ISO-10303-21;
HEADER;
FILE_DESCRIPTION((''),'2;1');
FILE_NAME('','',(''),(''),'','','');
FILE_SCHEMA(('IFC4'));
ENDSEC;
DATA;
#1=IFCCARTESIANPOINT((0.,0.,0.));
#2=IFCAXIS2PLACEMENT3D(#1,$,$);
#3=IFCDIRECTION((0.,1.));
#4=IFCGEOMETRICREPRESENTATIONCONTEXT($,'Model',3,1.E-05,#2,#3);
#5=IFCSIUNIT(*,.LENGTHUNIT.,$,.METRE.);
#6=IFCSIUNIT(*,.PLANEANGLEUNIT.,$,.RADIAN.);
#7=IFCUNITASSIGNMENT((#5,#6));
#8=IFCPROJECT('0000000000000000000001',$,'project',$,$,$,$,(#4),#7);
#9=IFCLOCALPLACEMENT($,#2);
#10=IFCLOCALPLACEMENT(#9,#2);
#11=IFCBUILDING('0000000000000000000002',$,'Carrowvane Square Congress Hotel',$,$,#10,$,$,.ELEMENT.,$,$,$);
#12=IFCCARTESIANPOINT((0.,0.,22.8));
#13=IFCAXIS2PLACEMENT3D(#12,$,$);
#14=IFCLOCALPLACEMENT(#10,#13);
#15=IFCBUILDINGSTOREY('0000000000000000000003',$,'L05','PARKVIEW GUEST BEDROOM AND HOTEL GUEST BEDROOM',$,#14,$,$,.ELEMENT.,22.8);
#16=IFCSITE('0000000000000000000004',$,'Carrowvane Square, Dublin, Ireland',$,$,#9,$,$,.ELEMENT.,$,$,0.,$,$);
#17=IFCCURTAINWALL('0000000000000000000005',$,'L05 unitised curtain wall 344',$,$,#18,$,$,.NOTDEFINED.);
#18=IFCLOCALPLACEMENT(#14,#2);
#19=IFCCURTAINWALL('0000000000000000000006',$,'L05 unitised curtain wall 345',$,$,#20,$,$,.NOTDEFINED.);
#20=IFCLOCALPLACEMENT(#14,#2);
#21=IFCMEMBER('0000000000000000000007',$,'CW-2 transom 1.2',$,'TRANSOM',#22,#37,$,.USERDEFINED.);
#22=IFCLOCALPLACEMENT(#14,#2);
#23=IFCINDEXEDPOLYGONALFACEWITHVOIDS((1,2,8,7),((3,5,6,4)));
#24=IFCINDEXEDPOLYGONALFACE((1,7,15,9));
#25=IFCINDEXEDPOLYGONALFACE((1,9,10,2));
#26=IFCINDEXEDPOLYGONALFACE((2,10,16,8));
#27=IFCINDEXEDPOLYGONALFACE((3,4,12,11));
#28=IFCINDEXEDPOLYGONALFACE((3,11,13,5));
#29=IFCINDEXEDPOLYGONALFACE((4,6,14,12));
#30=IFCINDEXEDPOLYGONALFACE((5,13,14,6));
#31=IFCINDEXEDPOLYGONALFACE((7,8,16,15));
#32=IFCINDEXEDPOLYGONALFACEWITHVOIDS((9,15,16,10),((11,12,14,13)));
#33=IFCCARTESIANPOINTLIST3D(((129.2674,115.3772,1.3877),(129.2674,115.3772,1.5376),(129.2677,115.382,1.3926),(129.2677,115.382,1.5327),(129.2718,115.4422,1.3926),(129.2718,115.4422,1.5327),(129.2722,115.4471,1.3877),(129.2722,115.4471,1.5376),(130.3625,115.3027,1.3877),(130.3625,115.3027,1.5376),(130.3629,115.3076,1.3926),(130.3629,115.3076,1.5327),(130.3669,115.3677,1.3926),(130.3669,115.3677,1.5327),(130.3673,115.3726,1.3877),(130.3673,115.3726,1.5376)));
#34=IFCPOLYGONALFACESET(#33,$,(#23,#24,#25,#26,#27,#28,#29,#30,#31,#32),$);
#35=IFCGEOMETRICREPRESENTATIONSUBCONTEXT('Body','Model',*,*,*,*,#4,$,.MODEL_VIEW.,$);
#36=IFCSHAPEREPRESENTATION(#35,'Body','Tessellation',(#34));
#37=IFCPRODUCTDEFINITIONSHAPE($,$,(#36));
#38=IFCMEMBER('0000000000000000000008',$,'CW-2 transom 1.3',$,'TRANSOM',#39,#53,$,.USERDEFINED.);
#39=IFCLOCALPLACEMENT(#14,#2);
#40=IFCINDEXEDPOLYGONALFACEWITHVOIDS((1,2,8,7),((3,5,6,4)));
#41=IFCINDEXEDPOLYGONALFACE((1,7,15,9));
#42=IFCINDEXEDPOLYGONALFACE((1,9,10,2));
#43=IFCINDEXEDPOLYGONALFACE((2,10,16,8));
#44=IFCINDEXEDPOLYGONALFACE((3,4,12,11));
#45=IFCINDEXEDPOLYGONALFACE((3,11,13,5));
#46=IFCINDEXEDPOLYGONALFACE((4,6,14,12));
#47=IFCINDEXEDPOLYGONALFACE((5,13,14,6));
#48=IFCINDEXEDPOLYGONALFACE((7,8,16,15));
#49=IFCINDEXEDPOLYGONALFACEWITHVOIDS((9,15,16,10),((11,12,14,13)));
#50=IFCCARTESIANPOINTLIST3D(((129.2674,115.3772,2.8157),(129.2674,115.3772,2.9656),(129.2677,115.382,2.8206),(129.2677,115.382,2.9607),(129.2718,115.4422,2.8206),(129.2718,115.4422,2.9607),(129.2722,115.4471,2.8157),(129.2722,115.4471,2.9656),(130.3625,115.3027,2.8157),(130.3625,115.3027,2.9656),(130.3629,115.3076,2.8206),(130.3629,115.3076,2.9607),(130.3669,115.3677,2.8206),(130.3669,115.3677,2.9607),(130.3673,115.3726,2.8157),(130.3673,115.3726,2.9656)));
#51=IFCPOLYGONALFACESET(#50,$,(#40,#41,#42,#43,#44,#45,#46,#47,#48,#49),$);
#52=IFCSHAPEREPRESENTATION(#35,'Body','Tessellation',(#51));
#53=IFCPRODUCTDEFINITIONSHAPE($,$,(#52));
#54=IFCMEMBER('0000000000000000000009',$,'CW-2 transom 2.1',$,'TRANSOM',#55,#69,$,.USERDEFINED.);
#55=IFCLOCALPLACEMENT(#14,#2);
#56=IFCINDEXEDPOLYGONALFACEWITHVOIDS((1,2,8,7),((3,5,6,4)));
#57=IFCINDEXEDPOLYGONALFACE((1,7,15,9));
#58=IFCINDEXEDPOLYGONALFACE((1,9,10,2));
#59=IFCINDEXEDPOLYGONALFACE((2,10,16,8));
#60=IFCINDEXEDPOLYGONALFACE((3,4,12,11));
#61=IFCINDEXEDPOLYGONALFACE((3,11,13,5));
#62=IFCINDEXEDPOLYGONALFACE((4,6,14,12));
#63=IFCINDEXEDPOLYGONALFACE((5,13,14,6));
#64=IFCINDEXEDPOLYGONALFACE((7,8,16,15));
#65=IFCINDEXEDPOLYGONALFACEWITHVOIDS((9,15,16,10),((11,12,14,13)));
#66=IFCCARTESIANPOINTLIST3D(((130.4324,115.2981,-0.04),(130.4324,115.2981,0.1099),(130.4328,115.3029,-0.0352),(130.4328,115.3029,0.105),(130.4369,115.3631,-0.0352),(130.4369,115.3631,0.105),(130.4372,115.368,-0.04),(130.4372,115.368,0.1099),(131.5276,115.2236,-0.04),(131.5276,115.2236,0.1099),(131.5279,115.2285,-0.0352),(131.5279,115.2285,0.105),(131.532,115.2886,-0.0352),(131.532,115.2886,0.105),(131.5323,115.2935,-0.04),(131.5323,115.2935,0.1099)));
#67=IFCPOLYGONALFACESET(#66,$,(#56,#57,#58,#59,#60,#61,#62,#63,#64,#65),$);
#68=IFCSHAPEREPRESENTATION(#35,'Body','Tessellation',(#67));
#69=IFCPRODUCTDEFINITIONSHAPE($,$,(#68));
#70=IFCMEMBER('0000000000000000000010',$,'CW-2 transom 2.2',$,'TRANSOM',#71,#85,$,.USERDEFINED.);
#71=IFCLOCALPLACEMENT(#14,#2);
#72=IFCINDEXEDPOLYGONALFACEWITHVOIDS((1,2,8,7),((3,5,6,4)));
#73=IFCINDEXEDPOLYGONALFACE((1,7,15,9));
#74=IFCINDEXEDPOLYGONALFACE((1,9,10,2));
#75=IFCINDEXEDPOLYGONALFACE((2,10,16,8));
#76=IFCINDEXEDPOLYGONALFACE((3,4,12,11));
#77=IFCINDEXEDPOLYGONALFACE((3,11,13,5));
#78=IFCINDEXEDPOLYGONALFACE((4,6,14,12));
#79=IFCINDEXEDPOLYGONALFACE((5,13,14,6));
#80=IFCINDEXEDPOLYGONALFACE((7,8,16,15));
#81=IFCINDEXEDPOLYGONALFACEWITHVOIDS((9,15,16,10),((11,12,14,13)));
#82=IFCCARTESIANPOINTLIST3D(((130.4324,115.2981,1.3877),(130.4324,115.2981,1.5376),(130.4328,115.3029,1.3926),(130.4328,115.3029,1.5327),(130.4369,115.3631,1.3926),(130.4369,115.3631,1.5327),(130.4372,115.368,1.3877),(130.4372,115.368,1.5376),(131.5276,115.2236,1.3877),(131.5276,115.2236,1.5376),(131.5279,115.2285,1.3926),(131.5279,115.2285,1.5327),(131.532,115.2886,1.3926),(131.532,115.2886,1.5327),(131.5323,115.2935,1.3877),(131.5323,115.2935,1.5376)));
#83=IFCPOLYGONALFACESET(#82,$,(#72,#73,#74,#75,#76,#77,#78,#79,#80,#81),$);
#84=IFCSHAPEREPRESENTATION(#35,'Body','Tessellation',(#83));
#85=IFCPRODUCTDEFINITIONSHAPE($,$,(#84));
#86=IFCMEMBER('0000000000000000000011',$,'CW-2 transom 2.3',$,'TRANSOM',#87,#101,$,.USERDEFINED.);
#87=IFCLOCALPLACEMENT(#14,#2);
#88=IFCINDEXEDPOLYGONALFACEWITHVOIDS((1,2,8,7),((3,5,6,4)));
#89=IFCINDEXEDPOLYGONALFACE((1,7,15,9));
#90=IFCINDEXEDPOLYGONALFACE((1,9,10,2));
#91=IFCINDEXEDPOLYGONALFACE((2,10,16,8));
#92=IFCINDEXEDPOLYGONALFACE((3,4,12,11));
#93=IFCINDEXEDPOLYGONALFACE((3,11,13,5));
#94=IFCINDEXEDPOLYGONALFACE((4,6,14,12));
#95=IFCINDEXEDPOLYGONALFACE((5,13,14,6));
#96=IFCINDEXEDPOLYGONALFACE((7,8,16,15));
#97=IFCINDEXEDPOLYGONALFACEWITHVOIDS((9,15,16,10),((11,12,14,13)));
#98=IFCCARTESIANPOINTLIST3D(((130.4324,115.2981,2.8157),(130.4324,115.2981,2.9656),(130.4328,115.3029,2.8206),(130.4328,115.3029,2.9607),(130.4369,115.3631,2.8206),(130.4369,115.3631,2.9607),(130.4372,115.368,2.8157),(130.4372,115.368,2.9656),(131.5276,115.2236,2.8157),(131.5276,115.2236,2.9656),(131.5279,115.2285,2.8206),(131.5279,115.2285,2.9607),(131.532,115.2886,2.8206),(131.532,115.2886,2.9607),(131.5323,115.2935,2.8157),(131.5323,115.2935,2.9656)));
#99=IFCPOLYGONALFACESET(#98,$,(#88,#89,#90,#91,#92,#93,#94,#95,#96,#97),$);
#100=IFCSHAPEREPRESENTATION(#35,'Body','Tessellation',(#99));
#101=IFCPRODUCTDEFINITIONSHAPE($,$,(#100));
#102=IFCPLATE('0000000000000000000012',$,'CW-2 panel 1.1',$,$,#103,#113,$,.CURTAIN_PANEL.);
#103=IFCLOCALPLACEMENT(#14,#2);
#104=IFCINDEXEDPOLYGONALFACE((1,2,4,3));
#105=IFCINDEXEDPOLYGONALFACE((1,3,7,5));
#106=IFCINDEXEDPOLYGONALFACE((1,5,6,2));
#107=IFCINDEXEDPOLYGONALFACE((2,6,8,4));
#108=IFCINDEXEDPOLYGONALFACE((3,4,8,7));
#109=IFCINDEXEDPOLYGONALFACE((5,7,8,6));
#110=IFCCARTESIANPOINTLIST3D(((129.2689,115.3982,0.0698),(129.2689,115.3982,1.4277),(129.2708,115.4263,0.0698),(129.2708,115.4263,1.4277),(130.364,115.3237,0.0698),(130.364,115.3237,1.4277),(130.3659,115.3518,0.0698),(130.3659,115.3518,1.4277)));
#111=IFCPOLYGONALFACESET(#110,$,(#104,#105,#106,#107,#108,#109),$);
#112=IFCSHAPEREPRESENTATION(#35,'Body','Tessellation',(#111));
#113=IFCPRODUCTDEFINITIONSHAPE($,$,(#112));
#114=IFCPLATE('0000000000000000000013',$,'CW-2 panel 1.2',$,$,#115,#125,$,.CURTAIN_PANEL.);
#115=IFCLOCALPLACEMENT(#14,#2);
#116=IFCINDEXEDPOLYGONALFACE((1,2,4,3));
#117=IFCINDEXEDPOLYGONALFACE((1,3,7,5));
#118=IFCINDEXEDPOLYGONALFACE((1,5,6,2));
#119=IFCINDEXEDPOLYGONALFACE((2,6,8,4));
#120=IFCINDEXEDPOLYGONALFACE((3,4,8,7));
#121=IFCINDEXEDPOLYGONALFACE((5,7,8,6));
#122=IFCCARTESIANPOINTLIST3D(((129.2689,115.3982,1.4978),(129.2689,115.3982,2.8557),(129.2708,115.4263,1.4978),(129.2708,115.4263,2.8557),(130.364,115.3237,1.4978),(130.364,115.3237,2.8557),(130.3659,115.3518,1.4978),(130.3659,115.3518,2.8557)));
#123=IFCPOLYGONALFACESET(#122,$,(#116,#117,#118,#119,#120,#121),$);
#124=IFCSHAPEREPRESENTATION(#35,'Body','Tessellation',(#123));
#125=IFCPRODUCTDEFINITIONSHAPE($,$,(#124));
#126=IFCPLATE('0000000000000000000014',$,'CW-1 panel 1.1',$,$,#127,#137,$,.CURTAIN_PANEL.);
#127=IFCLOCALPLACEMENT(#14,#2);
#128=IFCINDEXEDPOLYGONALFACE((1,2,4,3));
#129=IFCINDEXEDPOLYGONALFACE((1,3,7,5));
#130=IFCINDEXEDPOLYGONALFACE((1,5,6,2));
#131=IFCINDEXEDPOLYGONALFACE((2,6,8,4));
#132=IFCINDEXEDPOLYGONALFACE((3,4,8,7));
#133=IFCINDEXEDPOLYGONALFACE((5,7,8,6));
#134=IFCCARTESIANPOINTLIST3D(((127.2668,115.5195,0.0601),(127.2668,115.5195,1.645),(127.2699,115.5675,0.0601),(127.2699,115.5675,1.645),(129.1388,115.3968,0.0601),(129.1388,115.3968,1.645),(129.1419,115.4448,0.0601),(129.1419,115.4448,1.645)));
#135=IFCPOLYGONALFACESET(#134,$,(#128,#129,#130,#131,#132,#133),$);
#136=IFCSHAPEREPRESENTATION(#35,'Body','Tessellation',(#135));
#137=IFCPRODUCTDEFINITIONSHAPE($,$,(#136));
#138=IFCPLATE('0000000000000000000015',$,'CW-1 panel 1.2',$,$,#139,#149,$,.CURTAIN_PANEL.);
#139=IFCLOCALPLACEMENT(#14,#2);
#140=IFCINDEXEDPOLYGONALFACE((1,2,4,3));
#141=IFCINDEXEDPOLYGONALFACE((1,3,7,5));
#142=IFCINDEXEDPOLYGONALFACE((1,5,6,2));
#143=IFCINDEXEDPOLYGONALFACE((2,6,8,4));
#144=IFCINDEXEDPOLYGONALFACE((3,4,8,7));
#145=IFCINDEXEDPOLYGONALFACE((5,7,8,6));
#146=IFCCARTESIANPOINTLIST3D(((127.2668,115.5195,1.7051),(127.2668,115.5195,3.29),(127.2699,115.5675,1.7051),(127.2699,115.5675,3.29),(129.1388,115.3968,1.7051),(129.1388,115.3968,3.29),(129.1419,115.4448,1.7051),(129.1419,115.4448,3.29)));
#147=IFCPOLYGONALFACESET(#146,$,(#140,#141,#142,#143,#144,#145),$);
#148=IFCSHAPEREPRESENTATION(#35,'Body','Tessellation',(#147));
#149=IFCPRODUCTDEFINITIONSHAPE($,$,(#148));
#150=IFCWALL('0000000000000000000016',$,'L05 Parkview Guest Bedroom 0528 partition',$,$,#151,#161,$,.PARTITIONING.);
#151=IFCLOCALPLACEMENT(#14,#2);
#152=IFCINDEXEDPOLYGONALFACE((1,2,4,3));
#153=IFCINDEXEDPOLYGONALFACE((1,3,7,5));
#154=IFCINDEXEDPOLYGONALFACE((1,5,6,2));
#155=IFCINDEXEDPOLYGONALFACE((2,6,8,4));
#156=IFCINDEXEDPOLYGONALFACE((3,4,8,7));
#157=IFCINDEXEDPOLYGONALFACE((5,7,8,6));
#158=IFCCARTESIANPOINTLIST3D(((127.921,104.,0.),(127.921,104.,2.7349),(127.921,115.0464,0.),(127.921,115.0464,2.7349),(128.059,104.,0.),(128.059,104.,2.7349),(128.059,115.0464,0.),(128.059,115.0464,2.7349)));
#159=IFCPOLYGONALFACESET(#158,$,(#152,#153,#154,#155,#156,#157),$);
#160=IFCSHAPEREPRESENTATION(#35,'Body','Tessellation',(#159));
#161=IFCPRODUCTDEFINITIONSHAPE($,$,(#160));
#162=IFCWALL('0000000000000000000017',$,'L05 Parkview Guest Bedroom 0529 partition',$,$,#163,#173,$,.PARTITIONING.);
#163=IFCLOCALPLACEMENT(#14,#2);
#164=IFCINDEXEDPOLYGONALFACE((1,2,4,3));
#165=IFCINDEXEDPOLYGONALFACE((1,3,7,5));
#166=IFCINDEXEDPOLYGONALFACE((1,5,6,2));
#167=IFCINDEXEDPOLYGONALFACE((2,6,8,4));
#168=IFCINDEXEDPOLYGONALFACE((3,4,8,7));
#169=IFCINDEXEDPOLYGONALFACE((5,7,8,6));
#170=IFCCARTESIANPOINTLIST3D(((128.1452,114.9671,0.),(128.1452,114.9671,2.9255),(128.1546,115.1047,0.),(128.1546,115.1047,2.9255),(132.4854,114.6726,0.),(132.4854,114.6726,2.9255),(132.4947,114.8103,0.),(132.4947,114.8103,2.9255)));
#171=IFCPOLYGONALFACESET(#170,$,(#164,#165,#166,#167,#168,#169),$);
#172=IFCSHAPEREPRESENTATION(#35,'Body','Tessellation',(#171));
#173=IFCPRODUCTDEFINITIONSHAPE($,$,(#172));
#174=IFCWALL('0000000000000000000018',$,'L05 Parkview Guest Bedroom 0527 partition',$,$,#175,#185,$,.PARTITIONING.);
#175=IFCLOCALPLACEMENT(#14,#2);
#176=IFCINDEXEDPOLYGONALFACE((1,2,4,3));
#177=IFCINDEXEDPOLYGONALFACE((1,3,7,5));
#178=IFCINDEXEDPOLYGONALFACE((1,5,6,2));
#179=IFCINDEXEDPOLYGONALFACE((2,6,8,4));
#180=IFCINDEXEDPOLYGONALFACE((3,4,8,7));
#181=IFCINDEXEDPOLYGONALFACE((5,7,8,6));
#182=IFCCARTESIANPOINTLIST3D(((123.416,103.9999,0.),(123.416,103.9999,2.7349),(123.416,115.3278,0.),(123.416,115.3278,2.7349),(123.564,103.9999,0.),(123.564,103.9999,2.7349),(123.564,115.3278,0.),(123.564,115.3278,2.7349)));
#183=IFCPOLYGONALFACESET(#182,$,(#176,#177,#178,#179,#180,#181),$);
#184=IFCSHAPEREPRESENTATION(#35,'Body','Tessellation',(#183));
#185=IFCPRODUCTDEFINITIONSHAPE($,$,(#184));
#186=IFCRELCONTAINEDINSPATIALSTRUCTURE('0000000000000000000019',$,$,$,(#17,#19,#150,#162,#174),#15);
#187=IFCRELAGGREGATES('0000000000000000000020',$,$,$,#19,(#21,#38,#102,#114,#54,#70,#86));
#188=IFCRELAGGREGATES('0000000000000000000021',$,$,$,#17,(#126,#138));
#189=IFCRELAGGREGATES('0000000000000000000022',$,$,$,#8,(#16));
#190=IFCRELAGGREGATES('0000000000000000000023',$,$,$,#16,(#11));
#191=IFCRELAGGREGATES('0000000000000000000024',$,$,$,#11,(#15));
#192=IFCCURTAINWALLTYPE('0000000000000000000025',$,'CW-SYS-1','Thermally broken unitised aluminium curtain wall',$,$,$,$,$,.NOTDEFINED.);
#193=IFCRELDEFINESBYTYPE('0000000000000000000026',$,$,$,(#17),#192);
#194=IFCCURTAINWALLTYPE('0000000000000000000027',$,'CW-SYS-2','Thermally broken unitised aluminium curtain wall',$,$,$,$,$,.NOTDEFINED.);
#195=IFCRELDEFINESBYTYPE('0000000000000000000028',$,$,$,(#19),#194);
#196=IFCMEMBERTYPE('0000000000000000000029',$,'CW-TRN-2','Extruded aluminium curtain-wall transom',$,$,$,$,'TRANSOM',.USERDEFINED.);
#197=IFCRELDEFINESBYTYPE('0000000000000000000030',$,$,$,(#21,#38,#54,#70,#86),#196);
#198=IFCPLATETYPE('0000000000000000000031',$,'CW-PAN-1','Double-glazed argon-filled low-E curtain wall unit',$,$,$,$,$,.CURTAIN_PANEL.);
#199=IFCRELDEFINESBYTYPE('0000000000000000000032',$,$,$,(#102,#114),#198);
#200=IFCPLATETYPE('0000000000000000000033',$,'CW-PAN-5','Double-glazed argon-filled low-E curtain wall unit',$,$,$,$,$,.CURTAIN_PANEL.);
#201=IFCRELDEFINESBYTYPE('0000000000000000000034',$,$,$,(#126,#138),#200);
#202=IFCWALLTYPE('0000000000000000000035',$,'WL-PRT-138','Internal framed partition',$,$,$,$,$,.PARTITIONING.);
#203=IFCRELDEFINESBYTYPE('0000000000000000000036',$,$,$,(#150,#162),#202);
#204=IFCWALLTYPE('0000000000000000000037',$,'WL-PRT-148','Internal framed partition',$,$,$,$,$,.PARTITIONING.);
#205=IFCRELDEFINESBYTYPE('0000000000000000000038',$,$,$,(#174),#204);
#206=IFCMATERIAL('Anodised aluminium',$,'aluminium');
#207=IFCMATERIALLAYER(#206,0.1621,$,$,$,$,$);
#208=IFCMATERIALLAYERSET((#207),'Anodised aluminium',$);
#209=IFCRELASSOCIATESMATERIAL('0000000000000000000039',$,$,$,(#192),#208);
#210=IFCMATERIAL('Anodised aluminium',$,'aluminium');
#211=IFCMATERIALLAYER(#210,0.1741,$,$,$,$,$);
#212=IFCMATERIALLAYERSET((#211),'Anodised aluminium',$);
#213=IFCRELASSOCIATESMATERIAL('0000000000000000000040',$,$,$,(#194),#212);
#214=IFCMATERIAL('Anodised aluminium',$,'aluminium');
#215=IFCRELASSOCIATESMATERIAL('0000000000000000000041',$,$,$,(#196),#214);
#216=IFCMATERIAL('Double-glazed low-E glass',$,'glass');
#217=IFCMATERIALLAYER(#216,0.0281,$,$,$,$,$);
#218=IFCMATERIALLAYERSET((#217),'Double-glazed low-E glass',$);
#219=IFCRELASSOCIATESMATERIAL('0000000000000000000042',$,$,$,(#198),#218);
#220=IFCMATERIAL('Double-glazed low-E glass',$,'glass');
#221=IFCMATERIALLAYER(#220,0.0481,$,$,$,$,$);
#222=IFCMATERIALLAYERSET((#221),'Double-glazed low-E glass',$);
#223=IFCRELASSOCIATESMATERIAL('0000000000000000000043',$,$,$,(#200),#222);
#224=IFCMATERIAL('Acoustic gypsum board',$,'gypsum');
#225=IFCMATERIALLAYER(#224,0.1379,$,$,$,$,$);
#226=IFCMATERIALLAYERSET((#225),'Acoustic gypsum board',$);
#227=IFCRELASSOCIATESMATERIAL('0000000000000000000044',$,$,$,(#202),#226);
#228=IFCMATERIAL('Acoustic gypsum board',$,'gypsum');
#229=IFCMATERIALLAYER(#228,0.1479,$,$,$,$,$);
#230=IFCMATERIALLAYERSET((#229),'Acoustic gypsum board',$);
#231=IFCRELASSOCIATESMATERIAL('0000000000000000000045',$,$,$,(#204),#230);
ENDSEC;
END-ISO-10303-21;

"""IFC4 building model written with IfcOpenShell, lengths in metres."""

from ifc_helpers import new_model, si_unit, direction, frame, frame_2d, origin, origin_2d, place, context, subcontext, project, spatial, rectangle, hollow_rectangle, extrude, material, layer, layer_set, material_profile, profile_set, type_object, element, aggregate, save


model = new_model("IFC4")

# Units and contexts
model_context = context("Model", 3, precision=1e-05, world=origin(), true_north=direction((0.0, 1.0)))
body_context = subcontext(model_context, "Body", "Model", "MODEL_VIEW")
ifc_project = project(units=[si_unit("LENGTHUNIT", "METRE"), si_unit("PLANEANGLEUNIT", "RADIAN")], contexts=[model_context])

# Site, building, storey
site_placement = place(None, origin())
site = spatial("IfcSite", under=ifc_project, at=site_placement, Name="Carrowvane Square, Dublin, Ireland", CompositionType="ELEMENT", RefElevation=0.0)
building_placement = place(site_placement, origin())
building = spatial("IfcBuilding", under=site, at=building_placement, Name="Carrowvane Square Congress Hotel", CompositionType="ELEMENT")
storey_placement = place(building_placement, frame((0.0, 0.0, 22.8)))
storey = spatial("IfcBuildingStorey", under=building, at=storey_placement, Name="L05", Description="PARKVIEW GUEST BEDROOM AND HOTEL GUEST BEDROOM", CompositionType="ELEMENT", Elevation=22.8)

# Curtain wall
ifc_material_1 = material(Name="Anodised aluminium", Category="aluminium")
ifc_layer_1 = layer(ifc_material_1, 0.1621)
ifc_layer_set_1 = layer_set([ifc_layer_1], Name="Anodised aluminium")
curtain_wall_type_1 = type_object("IfcCurtainWallType", Name="CW-SYS-1", Description="Thermally broken unitised aluminium curtain wall", PredefinedType="NOTDEFINED", material=ifc_layer_set_1)
curtain_wall_1_placement = place(storey_placement, origin())
curtain_wall_1 = element("IfcCurtainWall", 1, at=curtain_wall_1_placement, inside=storey, type_object=curtain_wall_type_1, Name="L05 unitised curtain wall 344", PredefinedType="NOTDEFINED")

# Curtain wall, members, plates
ifc_material_2 = material(Name="Anodised aluminium", Category="aluminium")
ifc_layer_2 = layer(ifc_material_2, 0.1741)
ifc_layer_set_2 = layer_set([ifc_layer_2], Name="Anodised aluminium")
curtain_wall_type_2 = type_object("IfcCurtainWallType", Name="CW-SYS-2", Description="Thermally broken unitised aluminium curtain wall", PredefinedType="NOTDEFINED", material=ifc_layer_set_2)
curtain_wall_2_placement = place(storey_placement, origin())
curtain_wall_2 = element("IfcCurtainWall", 2, at=curtain_wall_2_placement, inside=storey, type_object=curtain_wall_type_2, Name="L05 unitised curtain wall 345", PredefinedType="NOTDEFINED")
ifc_material_3 = material(Name="Anodised aluminium", Category="aluminium")
ifc_material_profile_1 = material_profile(ifc_material_3, hollow_rectangle(XDim=0.0701, YDim=0.1499, WallThickness=0.0049, at=origin_2d()), Name="CW-TR 70x150x5")
ifc_profile_set_1 = profile_set([ifc_material_profile_1], Name="Anodised aluminium")
member_type_1 = type_object("IfcMemberType", Name="CW-TRN-2", Description="Extruded aluminium curtain-wall transom", ElementType="TRANSOM", PredefinedType="USERDEFINED", material=ifc_profile_set_1)
member_1_placement = place(storey_placement, frame((129.2698, 115.4121, 1.4626), z_axis=(0.997697, -0.067833, 0.0), x_axis=(0.067833, 0.997697, 0.0)))
member_1 = element("IfcMember", 3, at=member_1_placement, type_object=member_type_1, Name="CW-2 transom 1.2", ObjectType="TRANSOM", PredefinedType="USERDEFINED", context=body_context, shape_type="SweptSolid", body=[
    extrude(hollow_rectangle(XDim=0.0701, YDim=0.1499, WallThickness=0.0049, at=origin_2d()), origin(), (0.0, 0.0, 1.0), 1.0977),
])
member_2_placement = place(storey_placement, frame((129.2698, 115.4121, 2.8906), z_axis=(0.997697, -0.067833, 0.0), x_axis=(0.067833, 0.997697, 0.0)))
member_2 = element("IfcMember", 4, at=member_2_placement, type_object=member_type_1, Name="CW-2 transom 1.3", ObjectType="TRANSOM", PredefinedType="USERDEFINED", context=body_context, shape_type="SweptSolid", body=[
    extrude(hollow_rectangle(XDim=0.0701, YDim=0.1499, WallThickness=0.0049, at=origin_2d()), origin(), (0.0, 0.0, 1.0), 1.0977),
])
member_3_placement = place(storey_placement, frame((130.4348, 115.333, 0.0349), z_axis=(0.997697, -0.067833, 0.0), x_axis=(0.067833, 0.997697, 0.0)))
member_3 = element("IfcMember", 5, at=member_3_placement, type_object=member_type_1, Name="CW-2 transom 2.1", ObjectType="TRANSOM", PredefinedType="USERDEFINED", context=body_context, shape_type="SweptSolid", body=[
    extrude(hollow_rectangle(XDim=0.0701, YDim=0.1499, WallThickness=0.0049, at=origin_2d()), origin(), (0.0, 0.0, 1.0), 1.0977),
])
member_4_placement = place(storey_placement, frame((130.4348, 115.333, 1.4626), z_axis=(0.997697, -0.067833, 0.0), x_axis=(0.067833, 0.997697, 0.0)))
member_4 = element("IfcMember", 6, at=member_4_placement, type_object=member_type_1, Name="CW-2 transom 2.2", ObjectType="TRANSOM", PredefinedType="USERDEFINED", context=body_context, shape_type="SweptSolid", body=[
    extrude(hollow_rectangle(XDim=0.0701, YDim=0.1499, WallThickness=0.0049, at=origin_2d()), origin(), (0.0, 0.0, 1.0), 1.0977),
])
member_5_placement = place(storey_placement, frame((130.4348, 115.333, 2.8906), z_axis=(0.997697, -0.067833, 0.0), x_axis=(0.067833, 0.997697, 0.0)))
member_5 = element("IfcMember", 7, at=member_5_placement, type_object=member_type_1, Name="CW-2 transom 2.3", ObjectType="TRANSOM", PredefinedType="USERDEFINED", context=body_context, shape_type="SweptSolid", body=[
    extrude(hollow_rectangle(XDim=0.0701, YDim=0.1499, WallThickness=0.0049, at=origin_2d()), origin(), (0.0, 0.0, 1.0), 1.0977),
])
ifc_material_4 = material(Name="Double-glazed low-E glass", Category="glass")
ifc_layer_3 = layer(ifc_material_4, 0.0281)
ifc_layer_set_3 = layer_set([ifc_layer_3], Name="Double-glazed low-E glass")
plate_type_1 = type_object("IfcPlateType", Name="CW-PAN-1", Description="Double-glazed argon-filled low-E curtain wall unit", PredefinedType="CURTAIN_PANEL", material=ifc_layer_set_3)
plate_1_placement = place(storey_placement, frame((129.8174, 115.375, 0.0698), z_axis=(0.0, 0.0, 1.0), x_axis=(0.997694, -0.06787, 0.0)))
plate_1 = element("IfcPlate", 8, at=plate_1_placement, type_object=plate_type_1, Name="CW-2 panel 1.1", PredefinedType="CURTAIN_PANEL", context=body_context, shape_type="SweptSolid", body=[
    extrude(rectangle(XDim=1.0977, YDim=0.0281, at=origin_2d()), origin(), (0.0, 0.0, 1.0), 1.3579),
])
plate_2_placement = place(storey_placement, frame((129.8174, 115.375, 1.4978), z_axis=(0.0, 0.0, 1.0), x_axis=(0.997694, -0.06787, 0.0)))
plate_2 = element("IfcPlate", 9, at=plate_2_placement, type_object=plate_type_1, Name="CW-2 panel 1.2", PredefinedType="CURTAIN_PANEL", context=body_context, shape_type="SweptSolid", body=[
    extrude(rectangle(XDim=1.0977, YDim=0.0281, at=origin_2d()), origin(), (0.0, 0.0, 1.0), 1.3579),
])
aggregate(curtain_wall_2, [member_1, member_2, plate_1, plate_2, member_3, member_4, member_5])

# Plates
ifc_material_5 = material(Name="Double-glazed low-E glass", Category="glass")
ifc_layer_4 = layer(ifc_material_5, 0.0481)
ifc_layer_set_4 = layer_set([ifc_layer_4], Name="Double-glazed low-E glass")
plate_type_2 = type_object("IfcPlateType", Name="CW-PAN-5", Description="Double-glazed argon-filled low-E curtain wall unit", PredefinedType="CURTAIN_PANEL", material=ifc_layer_set_4)
plate_3_placement = place(storey_placement, frame((128.2043, 115.4822, 0.0601), z_axis=(0.0, 0.0, 1.0), x_axis=(0.997858, -0.065414, 0.0)))
plate_3 = element("IfcPlate", 10, at=plate_3_placement, type_object=plate_type_2, Name="CW-1 panel 1.1", PredefinedType="CURTAIN_PANEL", context=body_context, shape_type="SweptSolid", body=[
    extrude(rectangle(XDim=1.876, YDim=0.0481, at=origin_2d()), origin(), (0.0, 0.0, 1.0), 1.585),
])
plate_4_placement = place(storey_placement, frame((128.2043, 115.4822, 1.7051), z_axis=(0.0, 0.0, 1.0), x_axis=(0.997858, -0.065414, 0.0)))
plate_4 = element("IfcPlate", 11, at=plate_4_placement, type_object=plate_type_2, Name="CW-1 panel 1.2", PredefinedType="CURTAIN_PANEL", context=body_context, shape_type="SweptSolid", body=[
    extrude(rectangle(XDim=1.876, YDim=0.0481, at=origin_2d()), origin(), (0.0, 0.0, 1.0), 1.585),
])
aggregate(curtain_wall_1, [plate_3, plate_4])

# Walls
ifc_material_6 = material(Name="Acoustic gypsum board", Category="gypsum")
ifc_layer_5 = layer(ifc_material_6, 0.1379)
ifc_layer_set_5 = layer_set([ifc_layer_5], Name="Acoustic gypsum board")
wall_type_1 = type_object("IfcWallType", Name="WL-PRT-138", Description="Internal framed partition", PredefinedType="PARTITIONING", material=ifc_layer_set_5)
wall_1_placement = place(storey_placement, frame((127.99, 115.0464, 0.0), z_axis=(0.0, 0.0, 1.0), x_axis=(0.0, -1.0, 0.0)))
element("IfcWall", 12, at=wall_1_placement, inside=storey, type_object=wall_type_1, Name="L05 Parkview Guest Bedroom 0528 partition", PredefinedType="PARTITIONING", context=body_context, shape_type="SweptSolid", body=[
    extrude(rectangle(XDim=11.0464, YDim=0.1379, at=frame_2d((5.5232, 0.0))), origin(), (0.0, 0.0, 1.0), 2.7349),
])
wall_2_placement = place(storey_placement, frame((128.1499, 115.0359, 0.0), z_axis=(0.0, 0.0, 1.0), x_axis=(0.997707, -0.067685, 0.0)))
element("IfcWall", 13, at=wall_2_placement, inside=storey, type_object=wall_type_1, Name="L05 Parkview Guest Bedroom 0529 partition", PredefinedType="PARTITIONING", context=body_context, shape_type="SweptSolid", body=[
    extrude(rectangle(XDim=4.3501, YDim=0.1379, at=frame_2d((2.175, 0.0))), origin(), (0.0, 0.0, 1.0), 2.9255),
])
ifc_material_7 = material(Name="Acoustic gypsum board", Category="gypsum")
ifc_layer_6 = layer(ifc_material_7, 0.1479)
ifc_layer_set_6 = layer_set([ifc_layer_6], Name="Acoustic gypsum board")
wall_type_2 = type_object("IfcWallType", Name="WL-PRT-148", Description="Internal framed partition", PredefinedType="PARTITIONING", material=ifc_layer_set_6)
wall_3_placement = place(storey_placement, frame((123.49, 115.3279, 0.0), z_axis=(0.0, 0.0, 1.0), x_axis=(0.0, -1.0, 0.0)))
element("IfcWall", 14, at=wall_3_placement, inside=storey, type_object=wall_type_2, Name="L05 Parkview Guest Bedroom 0527 partition", PredefinedType="PARTITIONING", context=body_context, shape_type="SweptSolid", body=[
    extrude(rectangle(XDim=11.3279, YDim=0.1479, at=frame_2d((5.6641, 0.0))), origin(), (0.0, 0.0, 1.0), 2.7349),
])

save(model, "model.ifc")
